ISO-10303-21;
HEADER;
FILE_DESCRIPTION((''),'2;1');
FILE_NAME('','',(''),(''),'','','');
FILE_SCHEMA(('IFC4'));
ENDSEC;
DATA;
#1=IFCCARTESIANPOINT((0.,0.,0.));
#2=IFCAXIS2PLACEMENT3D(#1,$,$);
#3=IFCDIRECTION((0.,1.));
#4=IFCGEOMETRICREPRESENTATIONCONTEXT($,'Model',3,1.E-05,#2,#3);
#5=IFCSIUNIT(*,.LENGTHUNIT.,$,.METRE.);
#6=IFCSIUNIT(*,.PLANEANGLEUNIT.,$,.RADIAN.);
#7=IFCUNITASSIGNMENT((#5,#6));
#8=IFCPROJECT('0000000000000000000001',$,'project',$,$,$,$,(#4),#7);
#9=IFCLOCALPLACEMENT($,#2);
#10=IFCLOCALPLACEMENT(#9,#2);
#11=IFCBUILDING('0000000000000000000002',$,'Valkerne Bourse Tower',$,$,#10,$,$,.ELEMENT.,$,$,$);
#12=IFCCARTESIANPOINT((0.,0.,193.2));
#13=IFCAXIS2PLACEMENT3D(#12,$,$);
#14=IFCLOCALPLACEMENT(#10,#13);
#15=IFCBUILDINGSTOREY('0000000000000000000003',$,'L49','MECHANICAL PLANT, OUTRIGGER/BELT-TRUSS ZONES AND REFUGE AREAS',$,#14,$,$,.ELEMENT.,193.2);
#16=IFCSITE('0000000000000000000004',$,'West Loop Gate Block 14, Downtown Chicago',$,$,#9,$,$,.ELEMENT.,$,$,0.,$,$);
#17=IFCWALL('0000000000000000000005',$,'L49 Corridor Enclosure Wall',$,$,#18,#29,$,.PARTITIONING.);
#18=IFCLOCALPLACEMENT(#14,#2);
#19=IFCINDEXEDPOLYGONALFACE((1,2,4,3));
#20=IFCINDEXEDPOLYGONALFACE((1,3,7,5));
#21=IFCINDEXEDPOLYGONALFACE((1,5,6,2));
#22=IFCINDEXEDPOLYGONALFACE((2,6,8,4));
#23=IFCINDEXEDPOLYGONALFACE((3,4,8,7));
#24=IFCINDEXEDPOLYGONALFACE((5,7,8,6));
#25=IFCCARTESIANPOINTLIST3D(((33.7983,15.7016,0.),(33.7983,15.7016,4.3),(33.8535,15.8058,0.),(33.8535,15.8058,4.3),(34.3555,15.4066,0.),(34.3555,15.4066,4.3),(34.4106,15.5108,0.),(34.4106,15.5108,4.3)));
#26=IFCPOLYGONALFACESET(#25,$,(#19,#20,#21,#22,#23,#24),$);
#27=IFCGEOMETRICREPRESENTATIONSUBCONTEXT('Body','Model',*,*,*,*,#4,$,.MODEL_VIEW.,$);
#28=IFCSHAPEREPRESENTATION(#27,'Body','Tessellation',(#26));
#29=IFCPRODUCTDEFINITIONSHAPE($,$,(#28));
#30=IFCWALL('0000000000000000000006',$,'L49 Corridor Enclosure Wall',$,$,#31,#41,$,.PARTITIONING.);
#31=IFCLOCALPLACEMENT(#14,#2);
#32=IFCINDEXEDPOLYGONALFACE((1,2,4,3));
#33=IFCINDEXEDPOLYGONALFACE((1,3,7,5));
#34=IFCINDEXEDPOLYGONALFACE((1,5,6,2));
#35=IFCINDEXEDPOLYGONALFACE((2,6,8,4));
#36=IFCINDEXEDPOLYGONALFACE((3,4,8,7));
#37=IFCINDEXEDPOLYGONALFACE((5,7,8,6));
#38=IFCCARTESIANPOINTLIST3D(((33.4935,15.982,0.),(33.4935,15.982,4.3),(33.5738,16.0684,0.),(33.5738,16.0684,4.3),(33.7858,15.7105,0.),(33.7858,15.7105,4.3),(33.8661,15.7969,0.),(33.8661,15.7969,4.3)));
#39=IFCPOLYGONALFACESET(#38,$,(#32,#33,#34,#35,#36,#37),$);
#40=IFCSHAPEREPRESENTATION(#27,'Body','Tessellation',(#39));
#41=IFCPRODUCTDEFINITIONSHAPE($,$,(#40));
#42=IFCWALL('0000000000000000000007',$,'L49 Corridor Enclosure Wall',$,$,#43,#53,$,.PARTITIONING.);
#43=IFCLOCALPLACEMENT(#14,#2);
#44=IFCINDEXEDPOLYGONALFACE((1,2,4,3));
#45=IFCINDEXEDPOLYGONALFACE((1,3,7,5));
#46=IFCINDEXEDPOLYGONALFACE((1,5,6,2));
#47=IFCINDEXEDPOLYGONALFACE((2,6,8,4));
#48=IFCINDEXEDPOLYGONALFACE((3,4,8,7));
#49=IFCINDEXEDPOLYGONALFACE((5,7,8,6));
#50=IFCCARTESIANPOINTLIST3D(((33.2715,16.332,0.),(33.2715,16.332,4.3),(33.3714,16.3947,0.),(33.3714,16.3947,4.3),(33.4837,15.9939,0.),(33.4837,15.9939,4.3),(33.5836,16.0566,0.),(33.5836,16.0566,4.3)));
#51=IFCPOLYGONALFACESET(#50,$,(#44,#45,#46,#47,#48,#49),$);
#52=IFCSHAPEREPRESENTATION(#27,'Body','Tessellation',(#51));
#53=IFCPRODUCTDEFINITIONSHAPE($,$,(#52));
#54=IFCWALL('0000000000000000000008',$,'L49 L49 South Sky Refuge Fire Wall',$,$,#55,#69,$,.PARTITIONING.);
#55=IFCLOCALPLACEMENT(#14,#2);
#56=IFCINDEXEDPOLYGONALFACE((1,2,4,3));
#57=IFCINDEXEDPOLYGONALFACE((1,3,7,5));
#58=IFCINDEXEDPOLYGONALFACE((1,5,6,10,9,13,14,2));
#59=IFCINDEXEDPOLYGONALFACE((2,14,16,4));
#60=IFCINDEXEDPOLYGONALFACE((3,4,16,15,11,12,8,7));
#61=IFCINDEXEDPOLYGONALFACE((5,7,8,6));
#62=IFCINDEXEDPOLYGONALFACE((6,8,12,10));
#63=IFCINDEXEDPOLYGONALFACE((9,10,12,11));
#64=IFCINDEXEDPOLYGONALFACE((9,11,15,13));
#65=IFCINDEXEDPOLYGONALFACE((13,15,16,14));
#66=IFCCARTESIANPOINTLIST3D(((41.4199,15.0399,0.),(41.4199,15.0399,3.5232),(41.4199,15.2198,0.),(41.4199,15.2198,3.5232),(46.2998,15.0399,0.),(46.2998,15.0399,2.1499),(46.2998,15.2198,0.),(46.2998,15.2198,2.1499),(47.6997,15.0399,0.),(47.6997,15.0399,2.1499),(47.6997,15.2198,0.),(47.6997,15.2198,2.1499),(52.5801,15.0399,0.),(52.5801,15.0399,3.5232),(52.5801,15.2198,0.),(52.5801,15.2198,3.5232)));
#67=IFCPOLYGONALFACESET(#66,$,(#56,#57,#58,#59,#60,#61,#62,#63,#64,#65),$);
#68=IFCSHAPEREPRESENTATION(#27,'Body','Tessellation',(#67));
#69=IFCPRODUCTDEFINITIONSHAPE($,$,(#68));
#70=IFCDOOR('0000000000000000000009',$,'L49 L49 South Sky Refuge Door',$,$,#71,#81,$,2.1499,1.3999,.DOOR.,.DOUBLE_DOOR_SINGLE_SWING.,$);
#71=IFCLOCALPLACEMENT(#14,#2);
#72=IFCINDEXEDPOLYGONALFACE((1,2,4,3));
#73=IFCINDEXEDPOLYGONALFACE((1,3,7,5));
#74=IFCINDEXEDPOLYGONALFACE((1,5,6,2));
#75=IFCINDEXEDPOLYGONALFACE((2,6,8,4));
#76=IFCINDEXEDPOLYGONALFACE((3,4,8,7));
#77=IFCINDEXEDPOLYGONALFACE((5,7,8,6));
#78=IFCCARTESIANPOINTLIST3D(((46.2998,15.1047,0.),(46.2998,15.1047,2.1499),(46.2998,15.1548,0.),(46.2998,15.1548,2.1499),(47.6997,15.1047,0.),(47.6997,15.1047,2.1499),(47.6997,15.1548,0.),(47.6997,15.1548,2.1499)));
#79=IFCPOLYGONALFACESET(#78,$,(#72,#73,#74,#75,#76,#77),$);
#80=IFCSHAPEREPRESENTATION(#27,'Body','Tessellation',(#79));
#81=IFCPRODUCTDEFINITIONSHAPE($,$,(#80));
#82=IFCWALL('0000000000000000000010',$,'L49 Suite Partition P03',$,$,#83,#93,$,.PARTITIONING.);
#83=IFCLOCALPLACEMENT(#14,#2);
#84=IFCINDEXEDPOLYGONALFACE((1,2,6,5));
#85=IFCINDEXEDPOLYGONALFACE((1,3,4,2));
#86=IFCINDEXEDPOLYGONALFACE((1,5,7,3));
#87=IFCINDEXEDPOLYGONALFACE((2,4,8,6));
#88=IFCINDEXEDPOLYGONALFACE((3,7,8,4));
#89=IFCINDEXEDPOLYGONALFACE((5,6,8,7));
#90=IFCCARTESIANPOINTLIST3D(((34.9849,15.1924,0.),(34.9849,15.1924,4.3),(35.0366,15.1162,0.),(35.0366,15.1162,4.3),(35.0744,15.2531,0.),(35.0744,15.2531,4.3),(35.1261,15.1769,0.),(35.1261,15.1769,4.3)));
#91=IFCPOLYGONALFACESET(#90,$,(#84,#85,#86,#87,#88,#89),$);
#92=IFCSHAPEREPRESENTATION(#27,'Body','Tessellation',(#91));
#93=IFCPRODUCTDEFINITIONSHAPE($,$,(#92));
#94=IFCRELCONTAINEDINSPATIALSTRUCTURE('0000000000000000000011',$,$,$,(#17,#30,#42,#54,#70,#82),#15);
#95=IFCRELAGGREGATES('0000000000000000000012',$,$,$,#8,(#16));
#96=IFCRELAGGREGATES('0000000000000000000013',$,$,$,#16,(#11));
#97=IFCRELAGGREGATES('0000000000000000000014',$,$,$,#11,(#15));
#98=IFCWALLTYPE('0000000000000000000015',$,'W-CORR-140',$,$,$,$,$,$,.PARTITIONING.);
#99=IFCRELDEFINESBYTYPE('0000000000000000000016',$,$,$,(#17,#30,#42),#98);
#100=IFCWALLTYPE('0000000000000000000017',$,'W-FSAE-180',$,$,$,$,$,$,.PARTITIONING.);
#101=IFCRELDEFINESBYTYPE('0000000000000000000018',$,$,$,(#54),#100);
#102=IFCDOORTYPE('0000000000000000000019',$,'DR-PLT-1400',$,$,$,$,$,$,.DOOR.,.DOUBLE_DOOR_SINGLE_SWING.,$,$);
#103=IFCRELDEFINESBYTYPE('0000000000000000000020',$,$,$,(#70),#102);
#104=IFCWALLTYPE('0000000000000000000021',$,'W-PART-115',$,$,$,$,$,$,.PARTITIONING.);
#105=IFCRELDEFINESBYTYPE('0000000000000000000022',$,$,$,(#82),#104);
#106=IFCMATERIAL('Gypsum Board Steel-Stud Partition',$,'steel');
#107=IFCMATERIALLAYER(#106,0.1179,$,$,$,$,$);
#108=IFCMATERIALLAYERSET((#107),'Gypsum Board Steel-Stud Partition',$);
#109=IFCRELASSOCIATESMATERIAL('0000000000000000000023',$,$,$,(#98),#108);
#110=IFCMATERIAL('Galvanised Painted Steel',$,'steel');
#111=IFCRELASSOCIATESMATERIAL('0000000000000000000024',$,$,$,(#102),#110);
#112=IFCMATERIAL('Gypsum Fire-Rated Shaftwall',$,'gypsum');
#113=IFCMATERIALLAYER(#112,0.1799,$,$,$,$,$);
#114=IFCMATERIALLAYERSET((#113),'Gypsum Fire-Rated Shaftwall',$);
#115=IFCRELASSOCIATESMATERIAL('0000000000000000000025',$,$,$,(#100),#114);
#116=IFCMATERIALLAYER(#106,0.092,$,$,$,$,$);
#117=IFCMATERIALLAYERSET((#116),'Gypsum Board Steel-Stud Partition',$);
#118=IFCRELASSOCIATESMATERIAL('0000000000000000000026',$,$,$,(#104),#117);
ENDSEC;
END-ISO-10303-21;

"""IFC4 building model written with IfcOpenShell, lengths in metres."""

from ifc_helpers import new_model, si_unit, direction, frame, frame_2d, origin, place, context, subcontext, project, spatial, rectangle, extrude, material, layer, layer_set, type_object, element, fill, save


model = new_model("IFC4")

# Units and contexts
model_context = context("Model", 3, precision=1e-05, world=origin(), true_north=direction((0.0, 1.0)))
body_context = subcontext(model_context, "Body", "Model", "MODEL_VIEW")
ifc_project = project(units=[si_unit("LENGTHUNIT", "METRE"), si_unit("PLANEANGLEUNIT", "RADIAN")], contexts=[model_context])

# Site, building, storey
site_placement = place(None, origin())
site = spatial("IfcSite", under=ifc_project, at=site_placement, Name="West Loop Gate Block 14, Downtown Chicago", CompositionType="ELEMENT", RefElevation=0.0)
building_placement = place(site_placement, origin())
building = spatial("IfcBuilding", under=site, at=building_placement, Name="Valkerne Bourse Tower", CompositionType="ELEMENT")
storey_placement = place(building_placement, frame((0.0, 0.0, 193.2)))
storey = spatial("IfcBuildingStorey", under=building, at=storey_placement, Name="L49", Description="MECHANICAL PLANT, OUTRIGGER/BELT-TRUSS ZONES AND REFUGE AREAS", CompositionType="ELEMENT", Elevation=193.2)

# Shared definitions
ifc_material_1 = material(Name="Gypsum Board Steel-Stud Partition", Category="steel")
ifc_layer_1 = layer(ifc_material_1, 0.1179)
ifc_layer_set_1 = layer_set([ifc_layer_1], Name="Gypsum Board Steel-Stud Partition")
wall_type_1 = type_object("IfcWallType", Name="W-CORR-140", PredefinedType="PARTITIONING", material=ifc_layer_set_1)

# Shared definitions
ifc_material_2 = material(Name="Galvanised Painted Steel", Category="steel")
door_type = type_object("IfcDoorType", Name="DR-PLT-1400", OperationType="DOUBLE_DOOR_SINGLE_SWING", PredefinedType="DOOR", material=ifc_material_2)

# Walls
wall_1_placement = place(storey_placement, frame((34.3831, 15.4587, 0.0), z_axis=(0.0, 0.0, 1.0), x_axis=(-0.883807, 0.467852, 0.0)))
element("IfcWall", 1, at=wall_1_placement, inside=storey, type_object=wall_type_1, Name="L49 Corridor Enclosure Wall", PredefinedType="PARTITIONING", context=body_context, shape_type="SweptSolid", body=[
    extrude(rectangle(XDim=0.6304, YDim=0.1179, at=frame_2d((0.3152, 0.0))), origin(), (0.0, 0.0, 1.0), 4.3),
])
wall_2_placement = place(storey_placement, frame((33.8259, 15.7537, 0.0), z_axis=(0.0, 0.0, 1.0), x_axis=(-0.732641, 0.680615, 0.0)))
element("IfcWall", 2, at=wall_2_placement, inside=storey, type_object=wall_type_1, Name="L49 Corridor Enclosure Wall", PredefinedType="PARTITIONING", context=body_context, shape_type="SweptSolid", body=[
    extrude(rectangle(XDim=0.3989, YDim=0.1179, at=frame_2d((0.1995, 0.0))), origin(), (0.0, 0.0, 1.0), 4.3),
])
wall_3_placement = place(storey_placement, frame((33.5337, 16.0251, 0.0), z_axis=(0.0, 0.0, 1.0), x_axis=(-0.531482, 0.847069, 0.0)))
element("IfcWall", 3, at=wall_3_placement, inside=storey, type_object=wall_type_1, Name="L49 Corridor Enclosure Wall", PredefinedType="PARTITIONING", context=body_context, shape_type="SweptSolid", body=[
    extrude(rectangle(XDim=0.3992, YDim=0.1179, at=frame_2d((0.1997, 0.0))), origin(), (0.0, 0.0, 1.0), 4.3),
])

# Wall, opening, door
ifc_material_3 = material(Name="Gypsum Fire-Rated Shaftwall", Category="gypsum")
ifc_layer_2 = layer(ifc_material_3, 0.1799)
ifc_layer_set_2 = layer_set([ifc_layer_2], Name="Gypsum Fire-Rated Shaftwall")
wall_type_2 = type_object("IfcWallType", Name="W-FSAE-180", PredefinedType="PARTITIONING", material=ifc_layer_set_2)
wall_4_placement = place(storey_placement, frame((41.4199, 15.1299, 0.0), z_axis=(0.0, 0.0, 1.0), x_axis=(1.0, 0.0, 0.0)))
wall_4 = element("IfcWall", 4, at=wall_4_placement, inside=storey, type_object=wall_type_2, Name="L49 L49 South Sky Refuge Fire Wall", PredefinedType="PARTITIONING", context=body_context, shape_type="SweptSolid", body=[
    extrude(rectangle(XDim=11.1602, YDim=0.1799, at=frame_2d((5.5801, 0.0))), origin(), (0.0, 0.0, 1.0), 3.5232),
])
opening_1_placement = place(wall_4_placement, frame((4.8799, 0.0, 0.0)))
opening_1 = element("IfcOpeningElement", 5, at=opening_1_placement, cuts=wall_4, PredefinedType="OPENING", context=body_context, shape_type="SweptSolid", body=[
    extrude(rectangle(XDim=1.3999, YDim=2.1499, at=frame_2d((0.7, 1.075))), frame((0.0, 0.0999, 0.0), z_axis=(0.0, -1.0, 0.0), x_axis=(1.0, 0.0, 0.0)), (0.0, 0.0, 1.0), 0.2),
])
door_1_placement = place(opening_1_placement, origin())
door_1 = element("IfcDoor", 6, at=door_1_placement, inside=storey, type_object=door_type, Name="L49 L49 South Sky Refuge Door", OperationType="DOUBLE_DOOR_SINGLE_SWING", OverallHeight=2.1499, OverallWidth=1.3999, PredefinedType="DOOR", context=body_context, shape_type="SweptSolid", body=[
    extrude(rectangle(XDim=1.3999, YDim=2.1499, at=frame_2d((0.7, 1.075))), frame((0.0, 0.0249, 0.0), z_axis=(0.0, -1.0, 0.0), x_axis=(1.0, 0.0, 0.0)), (0.0, 0.0, 1.0), 0.05),
])
fill(opening_1, door_1)

# Wall
ifc_layer_3 = layer(ifc_material_1, 0.092)
ifc_layer_set_3 = layer_set([ifc_layer_3], Name="Gypsum Board Steel-Stud Partition")
wall_type_3 = type_object("IfcWallType", Name="W-PART-115", PredefinedType="PARTITIONING", material=ifc_layer_set_3)
wall_5_placement = place(storey_placement, frame((35.1003, 15.2151, 0.0), z_axis=(0.0, 0.0, 1.0), x_axis=(-0.827513, -0.561446, 0.0)))
element("IfcWall", 7, at=wall_5_placement, inside=storey, type_object=wall_type_3, Name="L49 Suite Partition P03", PredefinedType="PARTITIONING", context=body_context, shape_type="SweptSolid", body=[
    extrude(rectangle(XDim=0.1082, YDim=0.092, at=frame_2d((0.0542, 0.0))), origin(), (0.0, 0.0, 1.0), 4.3),
])

save(model, "model.ifc")
